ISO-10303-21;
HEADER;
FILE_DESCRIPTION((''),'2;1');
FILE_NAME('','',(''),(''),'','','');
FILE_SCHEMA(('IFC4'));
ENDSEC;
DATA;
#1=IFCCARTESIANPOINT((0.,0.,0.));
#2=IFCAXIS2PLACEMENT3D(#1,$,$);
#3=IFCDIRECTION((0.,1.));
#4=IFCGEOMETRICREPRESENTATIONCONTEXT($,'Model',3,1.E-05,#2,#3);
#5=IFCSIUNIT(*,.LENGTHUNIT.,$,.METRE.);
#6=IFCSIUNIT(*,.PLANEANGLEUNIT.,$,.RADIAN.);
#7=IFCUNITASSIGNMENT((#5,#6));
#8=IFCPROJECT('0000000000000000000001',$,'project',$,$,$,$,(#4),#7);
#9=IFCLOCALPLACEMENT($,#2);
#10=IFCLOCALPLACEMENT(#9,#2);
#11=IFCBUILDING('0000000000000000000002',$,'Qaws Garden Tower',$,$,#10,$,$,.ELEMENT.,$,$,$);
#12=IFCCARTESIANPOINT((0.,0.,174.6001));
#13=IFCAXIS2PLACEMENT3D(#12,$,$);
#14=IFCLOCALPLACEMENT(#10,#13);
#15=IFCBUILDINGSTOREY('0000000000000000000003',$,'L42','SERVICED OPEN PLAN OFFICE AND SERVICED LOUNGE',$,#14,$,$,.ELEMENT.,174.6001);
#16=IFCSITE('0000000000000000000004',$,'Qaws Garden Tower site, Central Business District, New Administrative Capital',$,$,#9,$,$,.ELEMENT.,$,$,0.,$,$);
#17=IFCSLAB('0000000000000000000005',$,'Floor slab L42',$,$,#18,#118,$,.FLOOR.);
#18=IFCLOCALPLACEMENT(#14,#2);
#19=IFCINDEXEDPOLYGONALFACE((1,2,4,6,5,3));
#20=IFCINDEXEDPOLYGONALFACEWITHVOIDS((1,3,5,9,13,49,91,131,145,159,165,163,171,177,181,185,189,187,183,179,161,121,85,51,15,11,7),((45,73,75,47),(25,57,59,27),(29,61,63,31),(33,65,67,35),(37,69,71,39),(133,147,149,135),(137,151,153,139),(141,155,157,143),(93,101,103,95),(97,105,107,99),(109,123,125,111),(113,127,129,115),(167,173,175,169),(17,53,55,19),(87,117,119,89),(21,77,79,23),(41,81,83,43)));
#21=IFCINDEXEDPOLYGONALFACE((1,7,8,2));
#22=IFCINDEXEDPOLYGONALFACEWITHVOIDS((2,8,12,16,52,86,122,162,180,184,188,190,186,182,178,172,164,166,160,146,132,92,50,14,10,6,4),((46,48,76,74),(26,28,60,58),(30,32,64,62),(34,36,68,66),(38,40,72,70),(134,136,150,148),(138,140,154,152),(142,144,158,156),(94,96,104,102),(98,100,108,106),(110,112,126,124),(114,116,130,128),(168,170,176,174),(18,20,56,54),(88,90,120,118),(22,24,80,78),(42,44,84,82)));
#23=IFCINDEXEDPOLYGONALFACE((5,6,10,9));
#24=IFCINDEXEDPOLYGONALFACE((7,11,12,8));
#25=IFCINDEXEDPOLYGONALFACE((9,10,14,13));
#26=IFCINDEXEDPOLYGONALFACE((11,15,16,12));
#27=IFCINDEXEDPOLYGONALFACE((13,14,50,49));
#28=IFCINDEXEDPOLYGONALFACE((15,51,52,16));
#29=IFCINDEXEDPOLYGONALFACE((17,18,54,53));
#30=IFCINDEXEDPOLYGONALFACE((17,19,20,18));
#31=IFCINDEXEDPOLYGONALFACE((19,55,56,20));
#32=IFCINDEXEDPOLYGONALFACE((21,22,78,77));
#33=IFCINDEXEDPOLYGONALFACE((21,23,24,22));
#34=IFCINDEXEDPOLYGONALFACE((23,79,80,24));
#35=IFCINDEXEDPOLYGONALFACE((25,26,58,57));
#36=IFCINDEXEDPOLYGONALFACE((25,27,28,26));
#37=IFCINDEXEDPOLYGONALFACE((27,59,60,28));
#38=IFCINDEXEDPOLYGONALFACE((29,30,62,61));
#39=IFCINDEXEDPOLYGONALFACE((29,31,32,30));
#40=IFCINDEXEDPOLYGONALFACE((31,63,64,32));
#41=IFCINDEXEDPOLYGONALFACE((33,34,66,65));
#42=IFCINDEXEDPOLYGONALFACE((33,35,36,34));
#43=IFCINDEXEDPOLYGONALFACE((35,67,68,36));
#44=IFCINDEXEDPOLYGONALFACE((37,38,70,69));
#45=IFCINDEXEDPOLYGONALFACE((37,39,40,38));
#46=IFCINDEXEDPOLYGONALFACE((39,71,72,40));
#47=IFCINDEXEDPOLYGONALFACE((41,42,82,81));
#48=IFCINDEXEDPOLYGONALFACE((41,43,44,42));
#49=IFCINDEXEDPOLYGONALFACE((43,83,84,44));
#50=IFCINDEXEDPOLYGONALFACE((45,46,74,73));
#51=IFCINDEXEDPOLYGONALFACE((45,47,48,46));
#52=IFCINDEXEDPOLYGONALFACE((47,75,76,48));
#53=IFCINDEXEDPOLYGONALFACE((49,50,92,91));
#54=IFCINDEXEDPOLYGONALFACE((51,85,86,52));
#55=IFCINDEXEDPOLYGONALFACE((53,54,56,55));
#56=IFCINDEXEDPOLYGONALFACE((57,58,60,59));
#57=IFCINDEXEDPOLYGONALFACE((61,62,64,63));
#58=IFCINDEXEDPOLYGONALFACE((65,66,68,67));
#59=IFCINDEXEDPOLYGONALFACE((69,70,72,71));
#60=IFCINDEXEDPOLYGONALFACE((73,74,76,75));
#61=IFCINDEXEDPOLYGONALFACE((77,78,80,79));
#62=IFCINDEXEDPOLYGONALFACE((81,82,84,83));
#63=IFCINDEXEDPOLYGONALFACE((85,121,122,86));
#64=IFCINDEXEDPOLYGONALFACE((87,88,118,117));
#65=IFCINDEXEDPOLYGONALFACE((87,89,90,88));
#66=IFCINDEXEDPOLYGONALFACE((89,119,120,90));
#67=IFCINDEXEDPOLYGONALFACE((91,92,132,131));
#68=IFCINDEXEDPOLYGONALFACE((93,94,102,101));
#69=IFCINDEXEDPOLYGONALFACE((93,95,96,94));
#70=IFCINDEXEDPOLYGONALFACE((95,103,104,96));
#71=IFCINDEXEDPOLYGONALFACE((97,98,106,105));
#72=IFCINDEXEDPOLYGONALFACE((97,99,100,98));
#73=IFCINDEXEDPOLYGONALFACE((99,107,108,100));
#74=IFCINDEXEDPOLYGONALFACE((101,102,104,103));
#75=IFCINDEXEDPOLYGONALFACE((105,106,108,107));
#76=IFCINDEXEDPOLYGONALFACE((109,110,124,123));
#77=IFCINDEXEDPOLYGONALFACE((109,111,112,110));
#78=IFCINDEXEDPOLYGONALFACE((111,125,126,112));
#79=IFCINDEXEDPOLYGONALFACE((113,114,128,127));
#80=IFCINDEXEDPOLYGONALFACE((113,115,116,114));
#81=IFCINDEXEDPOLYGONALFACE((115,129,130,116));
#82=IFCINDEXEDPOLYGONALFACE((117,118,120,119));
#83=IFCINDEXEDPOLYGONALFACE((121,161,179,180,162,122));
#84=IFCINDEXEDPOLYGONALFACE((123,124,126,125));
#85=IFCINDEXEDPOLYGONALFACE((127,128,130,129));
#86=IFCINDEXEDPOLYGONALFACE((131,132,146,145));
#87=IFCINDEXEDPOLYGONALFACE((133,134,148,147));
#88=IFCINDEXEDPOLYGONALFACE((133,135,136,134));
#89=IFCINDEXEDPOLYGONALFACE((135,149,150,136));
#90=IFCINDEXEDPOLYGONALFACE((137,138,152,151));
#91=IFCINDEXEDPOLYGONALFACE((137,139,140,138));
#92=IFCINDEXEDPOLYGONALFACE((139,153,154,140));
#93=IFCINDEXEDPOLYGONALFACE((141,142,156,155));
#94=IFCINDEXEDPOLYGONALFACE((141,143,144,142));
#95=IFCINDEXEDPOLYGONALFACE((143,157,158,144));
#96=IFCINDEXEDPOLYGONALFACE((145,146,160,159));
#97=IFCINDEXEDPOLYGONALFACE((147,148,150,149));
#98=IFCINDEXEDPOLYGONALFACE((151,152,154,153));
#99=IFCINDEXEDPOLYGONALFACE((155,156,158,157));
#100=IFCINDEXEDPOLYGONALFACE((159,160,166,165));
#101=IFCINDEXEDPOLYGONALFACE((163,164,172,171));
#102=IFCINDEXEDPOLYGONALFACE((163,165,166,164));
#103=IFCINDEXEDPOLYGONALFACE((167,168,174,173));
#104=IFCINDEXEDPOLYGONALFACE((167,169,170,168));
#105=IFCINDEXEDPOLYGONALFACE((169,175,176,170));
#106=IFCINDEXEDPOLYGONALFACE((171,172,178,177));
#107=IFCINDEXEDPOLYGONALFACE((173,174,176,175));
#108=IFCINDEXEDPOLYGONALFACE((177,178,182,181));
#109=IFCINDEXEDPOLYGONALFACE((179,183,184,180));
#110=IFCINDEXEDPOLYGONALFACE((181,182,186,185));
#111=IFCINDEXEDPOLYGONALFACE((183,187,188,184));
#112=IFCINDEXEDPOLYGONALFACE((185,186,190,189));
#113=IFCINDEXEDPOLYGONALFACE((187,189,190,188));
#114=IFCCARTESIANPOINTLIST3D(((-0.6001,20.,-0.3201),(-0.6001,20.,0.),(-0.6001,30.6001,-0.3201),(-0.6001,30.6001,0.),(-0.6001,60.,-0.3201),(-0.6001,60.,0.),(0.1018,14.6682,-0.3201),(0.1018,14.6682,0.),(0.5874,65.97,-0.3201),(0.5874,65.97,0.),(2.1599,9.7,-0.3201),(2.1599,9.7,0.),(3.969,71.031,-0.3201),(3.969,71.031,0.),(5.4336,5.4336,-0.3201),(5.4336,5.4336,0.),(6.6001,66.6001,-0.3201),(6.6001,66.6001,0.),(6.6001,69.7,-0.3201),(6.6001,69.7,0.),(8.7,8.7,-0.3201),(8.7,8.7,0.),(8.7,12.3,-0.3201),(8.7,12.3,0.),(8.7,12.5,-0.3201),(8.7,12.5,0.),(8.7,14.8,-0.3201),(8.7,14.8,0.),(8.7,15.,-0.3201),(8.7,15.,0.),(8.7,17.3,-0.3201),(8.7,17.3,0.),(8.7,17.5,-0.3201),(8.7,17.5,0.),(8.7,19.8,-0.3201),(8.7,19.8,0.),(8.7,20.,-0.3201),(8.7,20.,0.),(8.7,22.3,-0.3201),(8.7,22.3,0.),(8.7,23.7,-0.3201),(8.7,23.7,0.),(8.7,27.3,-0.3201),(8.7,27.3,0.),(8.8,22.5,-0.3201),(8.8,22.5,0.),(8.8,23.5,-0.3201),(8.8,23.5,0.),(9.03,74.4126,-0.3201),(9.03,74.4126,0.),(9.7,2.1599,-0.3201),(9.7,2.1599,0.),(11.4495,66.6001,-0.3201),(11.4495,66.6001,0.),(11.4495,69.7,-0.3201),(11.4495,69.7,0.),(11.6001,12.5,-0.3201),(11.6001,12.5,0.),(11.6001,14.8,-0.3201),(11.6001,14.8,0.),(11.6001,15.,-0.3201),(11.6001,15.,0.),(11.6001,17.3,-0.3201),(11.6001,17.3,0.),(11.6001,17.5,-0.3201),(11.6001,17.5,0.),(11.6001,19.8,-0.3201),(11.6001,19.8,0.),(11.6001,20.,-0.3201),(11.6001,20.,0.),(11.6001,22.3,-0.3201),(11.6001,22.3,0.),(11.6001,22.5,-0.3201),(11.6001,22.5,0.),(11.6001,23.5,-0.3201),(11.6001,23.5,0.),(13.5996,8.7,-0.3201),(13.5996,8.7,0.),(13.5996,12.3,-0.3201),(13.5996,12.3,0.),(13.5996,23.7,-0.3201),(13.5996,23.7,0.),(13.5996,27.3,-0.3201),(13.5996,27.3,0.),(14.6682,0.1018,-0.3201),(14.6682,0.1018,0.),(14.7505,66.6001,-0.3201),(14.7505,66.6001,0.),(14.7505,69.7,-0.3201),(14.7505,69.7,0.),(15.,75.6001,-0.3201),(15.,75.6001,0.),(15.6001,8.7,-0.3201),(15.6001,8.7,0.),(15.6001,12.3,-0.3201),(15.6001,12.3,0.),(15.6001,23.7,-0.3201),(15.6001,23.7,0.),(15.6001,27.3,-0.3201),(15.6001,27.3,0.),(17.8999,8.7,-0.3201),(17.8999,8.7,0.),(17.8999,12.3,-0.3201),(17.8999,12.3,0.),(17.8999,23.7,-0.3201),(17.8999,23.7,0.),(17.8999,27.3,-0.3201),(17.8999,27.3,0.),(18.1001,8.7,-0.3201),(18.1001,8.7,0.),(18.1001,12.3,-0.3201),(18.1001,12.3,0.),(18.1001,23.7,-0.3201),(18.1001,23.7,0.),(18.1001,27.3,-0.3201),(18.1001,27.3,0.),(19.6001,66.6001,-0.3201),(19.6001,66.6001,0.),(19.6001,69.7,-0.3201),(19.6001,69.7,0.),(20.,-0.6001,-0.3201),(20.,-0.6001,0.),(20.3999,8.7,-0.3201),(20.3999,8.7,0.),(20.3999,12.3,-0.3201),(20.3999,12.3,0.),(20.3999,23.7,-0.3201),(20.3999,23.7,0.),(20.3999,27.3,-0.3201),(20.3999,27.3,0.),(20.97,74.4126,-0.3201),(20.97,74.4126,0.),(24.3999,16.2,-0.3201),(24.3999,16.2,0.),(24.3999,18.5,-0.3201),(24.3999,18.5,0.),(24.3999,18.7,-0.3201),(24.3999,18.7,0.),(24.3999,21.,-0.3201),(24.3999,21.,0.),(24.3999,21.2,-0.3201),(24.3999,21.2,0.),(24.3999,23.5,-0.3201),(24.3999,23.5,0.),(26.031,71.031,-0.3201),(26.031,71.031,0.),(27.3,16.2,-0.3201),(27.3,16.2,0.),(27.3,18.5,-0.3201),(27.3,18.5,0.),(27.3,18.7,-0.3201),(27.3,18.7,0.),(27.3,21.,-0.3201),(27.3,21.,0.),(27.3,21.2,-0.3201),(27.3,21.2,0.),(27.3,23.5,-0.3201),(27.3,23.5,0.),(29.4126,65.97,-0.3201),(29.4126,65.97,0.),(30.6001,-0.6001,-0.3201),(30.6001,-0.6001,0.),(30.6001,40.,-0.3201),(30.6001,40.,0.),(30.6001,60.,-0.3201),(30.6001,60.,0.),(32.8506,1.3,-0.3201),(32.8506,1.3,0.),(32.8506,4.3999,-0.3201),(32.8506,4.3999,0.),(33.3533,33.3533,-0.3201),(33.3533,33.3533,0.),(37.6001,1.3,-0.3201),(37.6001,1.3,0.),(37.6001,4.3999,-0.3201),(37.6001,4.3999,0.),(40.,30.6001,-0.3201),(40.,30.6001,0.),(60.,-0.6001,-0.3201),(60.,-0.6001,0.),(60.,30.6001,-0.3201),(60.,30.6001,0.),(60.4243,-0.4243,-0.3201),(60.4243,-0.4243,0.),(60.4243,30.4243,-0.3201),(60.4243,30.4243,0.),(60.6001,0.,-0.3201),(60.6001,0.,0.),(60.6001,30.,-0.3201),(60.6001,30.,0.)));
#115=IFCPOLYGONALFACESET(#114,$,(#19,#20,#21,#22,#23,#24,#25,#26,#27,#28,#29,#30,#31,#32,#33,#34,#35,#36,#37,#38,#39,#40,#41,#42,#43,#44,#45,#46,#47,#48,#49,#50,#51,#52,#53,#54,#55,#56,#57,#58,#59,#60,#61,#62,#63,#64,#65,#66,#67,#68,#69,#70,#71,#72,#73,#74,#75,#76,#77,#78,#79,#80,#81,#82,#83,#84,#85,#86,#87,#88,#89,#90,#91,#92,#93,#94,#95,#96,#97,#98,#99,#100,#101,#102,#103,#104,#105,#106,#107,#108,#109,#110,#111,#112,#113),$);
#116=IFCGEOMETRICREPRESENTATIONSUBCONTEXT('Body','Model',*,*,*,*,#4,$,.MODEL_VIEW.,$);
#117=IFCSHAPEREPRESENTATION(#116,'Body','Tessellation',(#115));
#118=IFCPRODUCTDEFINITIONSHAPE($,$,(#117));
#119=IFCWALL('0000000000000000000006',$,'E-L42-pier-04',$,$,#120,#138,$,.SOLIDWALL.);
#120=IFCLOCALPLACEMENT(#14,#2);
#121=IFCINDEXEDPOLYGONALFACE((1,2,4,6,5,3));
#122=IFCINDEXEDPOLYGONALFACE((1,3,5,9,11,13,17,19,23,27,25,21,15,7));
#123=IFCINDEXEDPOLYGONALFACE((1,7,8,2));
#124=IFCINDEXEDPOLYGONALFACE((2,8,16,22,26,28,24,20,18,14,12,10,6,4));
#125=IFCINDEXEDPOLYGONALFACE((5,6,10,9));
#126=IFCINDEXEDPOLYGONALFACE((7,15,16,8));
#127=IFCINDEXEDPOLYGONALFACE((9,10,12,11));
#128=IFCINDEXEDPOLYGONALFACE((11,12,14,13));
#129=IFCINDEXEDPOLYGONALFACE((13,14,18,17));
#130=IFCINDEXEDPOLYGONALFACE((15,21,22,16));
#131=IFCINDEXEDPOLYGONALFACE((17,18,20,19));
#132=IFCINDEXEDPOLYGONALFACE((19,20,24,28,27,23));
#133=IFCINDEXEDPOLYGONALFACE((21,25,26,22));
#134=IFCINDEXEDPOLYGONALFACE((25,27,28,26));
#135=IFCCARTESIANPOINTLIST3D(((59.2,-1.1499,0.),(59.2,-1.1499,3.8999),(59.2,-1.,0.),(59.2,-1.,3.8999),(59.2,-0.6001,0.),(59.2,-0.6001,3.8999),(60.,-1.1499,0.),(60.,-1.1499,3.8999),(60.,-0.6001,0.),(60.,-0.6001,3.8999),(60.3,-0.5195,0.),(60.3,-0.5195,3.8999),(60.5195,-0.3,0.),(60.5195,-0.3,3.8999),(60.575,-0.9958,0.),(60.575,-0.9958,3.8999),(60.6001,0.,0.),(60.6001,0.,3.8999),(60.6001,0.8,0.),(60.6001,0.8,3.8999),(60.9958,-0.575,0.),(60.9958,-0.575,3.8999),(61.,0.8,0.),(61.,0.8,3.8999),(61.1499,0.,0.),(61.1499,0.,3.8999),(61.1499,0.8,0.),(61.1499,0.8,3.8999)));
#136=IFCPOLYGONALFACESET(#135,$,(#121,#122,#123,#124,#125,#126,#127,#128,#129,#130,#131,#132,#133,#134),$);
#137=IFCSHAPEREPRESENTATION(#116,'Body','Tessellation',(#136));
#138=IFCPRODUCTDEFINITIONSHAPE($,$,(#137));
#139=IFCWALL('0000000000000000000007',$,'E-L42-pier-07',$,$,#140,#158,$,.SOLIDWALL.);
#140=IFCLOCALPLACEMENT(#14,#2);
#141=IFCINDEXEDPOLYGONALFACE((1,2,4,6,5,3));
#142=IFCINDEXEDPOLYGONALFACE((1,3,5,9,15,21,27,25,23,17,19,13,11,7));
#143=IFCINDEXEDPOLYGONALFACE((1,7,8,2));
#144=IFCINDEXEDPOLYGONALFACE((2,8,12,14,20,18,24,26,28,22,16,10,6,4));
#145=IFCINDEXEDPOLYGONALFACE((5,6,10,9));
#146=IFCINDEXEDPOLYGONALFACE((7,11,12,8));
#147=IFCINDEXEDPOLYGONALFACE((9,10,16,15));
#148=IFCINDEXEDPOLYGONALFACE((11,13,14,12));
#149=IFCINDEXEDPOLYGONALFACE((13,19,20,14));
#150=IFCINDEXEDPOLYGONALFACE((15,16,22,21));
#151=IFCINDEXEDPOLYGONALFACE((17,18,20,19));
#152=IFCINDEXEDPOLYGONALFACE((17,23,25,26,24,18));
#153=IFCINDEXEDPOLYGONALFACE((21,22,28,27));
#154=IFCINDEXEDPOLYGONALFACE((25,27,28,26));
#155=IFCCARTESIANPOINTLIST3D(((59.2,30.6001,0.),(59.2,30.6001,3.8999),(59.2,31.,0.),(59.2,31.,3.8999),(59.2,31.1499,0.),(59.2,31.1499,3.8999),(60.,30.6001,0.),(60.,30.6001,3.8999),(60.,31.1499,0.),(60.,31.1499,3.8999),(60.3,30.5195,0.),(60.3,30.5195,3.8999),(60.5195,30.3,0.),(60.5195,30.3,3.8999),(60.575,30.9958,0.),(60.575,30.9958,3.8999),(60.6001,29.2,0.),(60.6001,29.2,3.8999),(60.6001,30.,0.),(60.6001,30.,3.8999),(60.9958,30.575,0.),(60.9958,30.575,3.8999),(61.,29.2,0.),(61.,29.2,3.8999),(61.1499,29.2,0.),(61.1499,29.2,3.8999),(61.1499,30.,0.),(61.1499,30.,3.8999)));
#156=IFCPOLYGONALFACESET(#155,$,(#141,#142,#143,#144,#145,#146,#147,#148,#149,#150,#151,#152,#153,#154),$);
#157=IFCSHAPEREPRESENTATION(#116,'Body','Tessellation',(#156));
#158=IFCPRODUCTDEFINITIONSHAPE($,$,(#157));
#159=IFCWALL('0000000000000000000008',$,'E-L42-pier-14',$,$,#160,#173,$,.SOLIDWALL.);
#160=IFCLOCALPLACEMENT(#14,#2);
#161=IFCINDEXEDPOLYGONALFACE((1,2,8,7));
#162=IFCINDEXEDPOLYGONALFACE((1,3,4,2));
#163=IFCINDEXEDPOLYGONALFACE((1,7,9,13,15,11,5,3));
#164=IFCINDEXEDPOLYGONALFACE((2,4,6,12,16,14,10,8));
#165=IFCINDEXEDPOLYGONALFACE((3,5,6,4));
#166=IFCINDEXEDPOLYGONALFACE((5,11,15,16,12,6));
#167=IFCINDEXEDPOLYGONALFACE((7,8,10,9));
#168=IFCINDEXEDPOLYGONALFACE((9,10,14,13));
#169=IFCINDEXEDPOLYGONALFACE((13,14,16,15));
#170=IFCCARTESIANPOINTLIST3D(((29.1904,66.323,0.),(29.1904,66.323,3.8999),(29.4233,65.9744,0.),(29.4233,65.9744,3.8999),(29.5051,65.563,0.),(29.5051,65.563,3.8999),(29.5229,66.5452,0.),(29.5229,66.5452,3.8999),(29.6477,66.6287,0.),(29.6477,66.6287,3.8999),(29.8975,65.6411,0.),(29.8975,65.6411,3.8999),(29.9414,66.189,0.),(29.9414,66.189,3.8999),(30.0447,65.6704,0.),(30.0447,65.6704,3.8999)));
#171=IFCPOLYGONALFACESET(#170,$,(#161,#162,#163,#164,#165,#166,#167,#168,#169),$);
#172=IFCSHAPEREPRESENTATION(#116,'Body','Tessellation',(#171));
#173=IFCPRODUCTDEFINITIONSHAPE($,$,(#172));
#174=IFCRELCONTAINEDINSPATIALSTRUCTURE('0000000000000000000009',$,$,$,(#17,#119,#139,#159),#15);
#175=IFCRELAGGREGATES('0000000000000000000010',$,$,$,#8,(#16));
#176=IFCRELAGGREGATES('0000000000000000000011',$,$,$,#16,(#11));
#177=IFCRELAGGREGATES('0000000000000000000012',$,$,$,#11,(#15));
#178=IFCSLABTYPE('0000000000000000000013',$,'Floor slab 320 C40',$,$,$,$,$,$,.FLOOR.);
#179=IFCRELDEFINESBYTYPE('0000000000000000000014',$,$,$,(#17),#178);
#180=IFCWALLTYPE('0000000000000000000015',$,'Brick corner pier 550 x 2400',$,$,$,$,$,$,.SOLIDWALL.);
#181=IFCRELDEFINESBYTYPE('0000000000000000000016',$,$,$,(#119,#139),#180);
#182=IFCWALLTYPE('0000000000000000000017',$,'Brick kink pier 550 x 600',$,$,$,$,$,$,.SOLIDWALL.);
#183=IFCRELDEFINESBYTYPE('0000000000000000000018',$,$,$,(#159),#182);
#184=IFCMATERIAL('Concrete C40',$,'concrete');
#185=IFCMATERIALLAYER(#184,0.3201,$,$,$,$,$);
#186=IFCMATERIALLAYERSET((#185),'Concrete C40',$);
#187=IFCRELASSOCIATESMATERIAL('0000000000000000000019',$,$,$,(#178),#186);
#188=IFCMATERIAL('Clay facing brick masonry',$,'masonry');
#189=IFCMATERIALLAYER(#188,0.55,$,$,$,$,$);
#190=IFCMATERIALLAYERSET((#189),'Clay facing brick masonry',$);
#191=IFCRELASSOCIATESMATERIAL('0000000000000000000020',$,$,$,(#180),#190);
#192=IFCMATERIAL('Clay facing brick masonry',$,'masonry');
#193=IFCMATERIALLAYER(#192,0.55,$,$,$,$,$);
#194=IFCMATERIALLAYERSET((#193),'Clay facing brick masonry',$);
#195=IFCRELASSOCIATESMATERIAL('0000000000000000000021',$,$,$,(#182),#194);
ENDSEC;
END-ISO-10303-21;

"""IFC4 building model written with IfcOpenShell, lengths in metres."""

from ifc_helpers import new_model, si_unit, direction, frame, origin, place, context, subcontext, project, spatial, polyline, outline, extrude, material, layer, layer_set, type_object, element, save


model = new_model("IFC4")

# Units and contexts
model_context = context("Model", 3, precision=1e-05, world=origin(), true_north=direction((0.0, 1.0)))
body_context = subcontext(model_context, "Body", "Model", "MODEL_VIEW")
ifc_project = project(units=[si_unit("LENGTHUNIT", "METRE"), si_unit("PLANEANGLEUNIT", "RADIAN")], contexts=[model_context])

# Site, building, storey
site_placement = place(None, origin())
site = spatial("IfcSite", under=ifc_project, at=site_placement, Name="Qaws Garden Tower site, Central Business District, New Administrative Capital", CompositionType="ELEMENT", RefElevation=0.0)
building_placement = place(site_placement, origin())
building = spatial("IfcBuilding", under=site, at=building_placement, Name="Qaws Garden Tower", CompositionType="ELEMENT")
storey_placement = place(building_placement, frame((0.0, 0.0, 174.6001)))
storey = spatial("IfcBuildingStorey", under=building, at=storey_placement, Name="L42", Description="SERVICED OPEN PLAN OFFICE AND SERVICED LOUNGE", CompositionType="ELEMENT", Elevation=174.6001)

# Slab
ifc_material_1 = material(Name="Concrete C40", Category="concrete")
ifc_layer_1 = layer(ifc_material_1, 0.3201)
ifc_layer_set_1 = layer_set([ifc_layer_1], Name="Concrete C40")
slab_type = type_object("IfcSlabType", Name="Floor slab 320 C40", PredefinedType="FLOOR", material=ifc_layer_set_1)
slab_placement = place(storey_placement, frame((0.0, 0.0, -0.3201)))
element("IfcSlab", 1, at=slab_placement, inside=storey, type_object=slab_type, Name="Floor slab L42", PredefinedType="FLOOR", context=body_context, shape_type="SweptSolid", body=[
    extrude(outline(polyline([(0.1018, 14.6682), (-0.6001, 20.0), (-0.6001, 30.6001), (-0.6001, 60.0), (-0.6001, 60.0), (0.5874, 65.97), (3.969, 71.031), (9.03, 74.4126), (15.0, 75.6001), (20.97, 74.4126), (26.031, 71.031), (29.4126, 65.97), (30.6001, 60.0), (30.6001, 40.0), (33.3533, 33.3533), (40.0, 30.6001), (60.0, 30.6001), (60.4243, 30.4243), (60.6001, 30.0), (60.6001, 0.0), (60.4243, -0.4243), (60.0, -0.6001), (30.6001, -0.6001), (20.0, -0.6001), (14.6682, 0.1018), (9.7, 2.1599), (5.4336, 5.4336), (2.1599, 9.7), (0.1018, 14.6682)]), holes=[polyline([(13.5996, 12.3), (8.7, 12.3), (8.7, 8.7), (13.5996, 8.7), (13.5996, 12.3)]), polyline([(17.8999, 12.3), (15.6001, 12.3), (15.6001, 8.7), (17.8999, 8.7), (17.8999, 12.3)]), polyline([(11.6001, 14.8), (8.7, 14.8), (8.7, 12.5), (11.6001, 12.5), (11.6001, 14.8)]), polyline([(11.6001, 17.3), (8.7, 17.3), (8.7, 15.0), (11.6001, 15.0), (11.6001, 17.3)]), polyline([(11.6001, 19.8), (8.7, 19.8), (8.7, 17.5), (11.6001, 17.5), (11.6001, 19.8)]), polyline([(11.6001, 22.3), (8.7, 22.3), (8.7, 20.0), (11.6001, 20.0), (11.6001, 22.3)]), polyline([(11.6001, 23.5), (8.8, 23.5), (8.8, 22.5), (11.6001, 22.5), (11.6001, 23.5)]), polyline([(13.5996, 27.3), (8.7, 27.3), (8.7, 23.7), (13.5996, 23.7), (13.5996, 27.3)]), polyline([(11.4495, 69.7), (6.6001, 69.7), (6.6001, 66.6001), (11.4495, 66.6001), (11.4495, 69.7)]), polyline([(37.6001, 4.3999), (32.8506, 4.3999), (32.8506, 1.3), (37.6001, 1.3), (37.6001, 4.3999)]), polyline([(20.3999, 12.3), (18.1001, 12.3), (18.1001, 8.7), (20.3999, 8.7), (20.3999, 12.3)]), polyline([(27.3, 18.5), (24.3999, 18.5), (24.3999, 16.2), (27.3, 16.2), (27.3, 18.5)]), polyline([(27.3, 21.0), (24.3999, 21.0), (24.3999, 18.7), (27.3, 18.7), (27.3, 21.0)]), polyline([(27.3, 23.5), (24.3999, 23.5), (24.3999, 21.2), (27.3, 21.2), (27.3, 23.5)]), polyline([(17.8999, 27.3), (15.6001, 27.3), (15.6001, 23.7), (17.8999, 23.7), (17.8999, 27.3)]), polyline([(20.3999, 23.7), (20.3999, 27.3), (18.1001, 27.3), (18.1001, 23.7), (20.3999, 23.7)]), polyline([(19.6001, 66.6001), (19.6001, 69.7), (14.7505, 69.7), (14.7505, 66.6001), (19.6001, 66.6001)])]), origin(), (0.0, 0.0, 1.0), 0.3201),
])

# Walls
ifc_material_2 = material(Name="Clay facing brick masonry", Category="masonry")
ifc_layer_2 = layer(ifc_material_2, 0.55)
ifc_layer_set_2 = layer_set([ifc_layer_2], Name="Clay facing brick masonry")
wall_type_1 = type_object("IfcWallType", Name="Brick corner pier 550 x 2400", PredefinedType="SOLIDWALL", material=ifc_layer_set_2)
placement = place(storey_placement, origin())
element("IfcWall", 2, at=placement, inside=storey, type_object=wall_type_1, Name="E-L42-pier-04", PredefinedType="SOLIDWALL", context=body_context, shape_type="SweptSolid", body=[
    extrude(outline(polyline([(59.2, -1.0), (59.2, -1.1499), (60.0, -1.1499), (60.575, -0.9958), (60.9958, -0.575), (61.1499, 0.0), (61.1499, 0.8), (61.0, 0.8), (60.6001, 0.8), (60.6001, 0.0), (60.5195, -0.3), (60.3, -0.5195), (60.0, -0.6001), (59.2, -0.6001), (59.2, -1.0)])), origin(), (0.0, 0.0, 1.0), 3.8999),
])
element("IfcWall", 3, at=placement, inside=storey, type_object=wall_type_1, Name="E-L42-pier-07", PredefinedType="SOLIDWALL", context=body_context, shape_type="SweptSolid", body=[
    extrude(outline(polyline([(61.0, 29.2), (61.1499, 29.2), (61.1499, 30.0), (60.9958, 30.575), (60.575, 30.9958), (60.0, 31.1499), (59.2, 31.1499), (59.2, 31.0), (59.2, 30.6001), (60.0, 30.6001), (60.3, 30.5195), (60.5195, 30.3), (60.6001, 30.0), (60.6001, 29.2), (61.0, 29.2)])), origin(), (0.0, 0.0, 1.0), 3.8999),
])
ifc_material_3 = material(Name="Clay facing brick masonry", Category="masonry")
ifc_layer_3 = layer(ifc_material_3, 0.55)
ifc_layer_set_3 = layer_set([ifc_layer_3], Name="Clay facing brick masonry")
wall_type_2 = type_object("IfcWallType", Name="Brick kink pier 550 x 600", PredefinedType="SOLIDWALL", material=ifc_layer_set_3)
element("IfcWall", 4, at=placement, inside=storey, type_object=wall_type_2, Name="E-L42-pier-14", PredefinedType="SOLIDWALL", context=body_context, shape_type="SweptSolid", body=[
    extrude(outline(polyline([(29.8975, 65.6411), (30.0447, 65.6704), (29.9414, 66.189), (29.6477, 66.6287), (29.5229, 66.5452), (29.1904, 66.323), (29.4233, 65.9744), (29.5051, 65.563), (29.8975, 65.6411)])), origin(), (0.0, 0.0, 1.0), 3.8999),
])

save(model, "model.ifc")
